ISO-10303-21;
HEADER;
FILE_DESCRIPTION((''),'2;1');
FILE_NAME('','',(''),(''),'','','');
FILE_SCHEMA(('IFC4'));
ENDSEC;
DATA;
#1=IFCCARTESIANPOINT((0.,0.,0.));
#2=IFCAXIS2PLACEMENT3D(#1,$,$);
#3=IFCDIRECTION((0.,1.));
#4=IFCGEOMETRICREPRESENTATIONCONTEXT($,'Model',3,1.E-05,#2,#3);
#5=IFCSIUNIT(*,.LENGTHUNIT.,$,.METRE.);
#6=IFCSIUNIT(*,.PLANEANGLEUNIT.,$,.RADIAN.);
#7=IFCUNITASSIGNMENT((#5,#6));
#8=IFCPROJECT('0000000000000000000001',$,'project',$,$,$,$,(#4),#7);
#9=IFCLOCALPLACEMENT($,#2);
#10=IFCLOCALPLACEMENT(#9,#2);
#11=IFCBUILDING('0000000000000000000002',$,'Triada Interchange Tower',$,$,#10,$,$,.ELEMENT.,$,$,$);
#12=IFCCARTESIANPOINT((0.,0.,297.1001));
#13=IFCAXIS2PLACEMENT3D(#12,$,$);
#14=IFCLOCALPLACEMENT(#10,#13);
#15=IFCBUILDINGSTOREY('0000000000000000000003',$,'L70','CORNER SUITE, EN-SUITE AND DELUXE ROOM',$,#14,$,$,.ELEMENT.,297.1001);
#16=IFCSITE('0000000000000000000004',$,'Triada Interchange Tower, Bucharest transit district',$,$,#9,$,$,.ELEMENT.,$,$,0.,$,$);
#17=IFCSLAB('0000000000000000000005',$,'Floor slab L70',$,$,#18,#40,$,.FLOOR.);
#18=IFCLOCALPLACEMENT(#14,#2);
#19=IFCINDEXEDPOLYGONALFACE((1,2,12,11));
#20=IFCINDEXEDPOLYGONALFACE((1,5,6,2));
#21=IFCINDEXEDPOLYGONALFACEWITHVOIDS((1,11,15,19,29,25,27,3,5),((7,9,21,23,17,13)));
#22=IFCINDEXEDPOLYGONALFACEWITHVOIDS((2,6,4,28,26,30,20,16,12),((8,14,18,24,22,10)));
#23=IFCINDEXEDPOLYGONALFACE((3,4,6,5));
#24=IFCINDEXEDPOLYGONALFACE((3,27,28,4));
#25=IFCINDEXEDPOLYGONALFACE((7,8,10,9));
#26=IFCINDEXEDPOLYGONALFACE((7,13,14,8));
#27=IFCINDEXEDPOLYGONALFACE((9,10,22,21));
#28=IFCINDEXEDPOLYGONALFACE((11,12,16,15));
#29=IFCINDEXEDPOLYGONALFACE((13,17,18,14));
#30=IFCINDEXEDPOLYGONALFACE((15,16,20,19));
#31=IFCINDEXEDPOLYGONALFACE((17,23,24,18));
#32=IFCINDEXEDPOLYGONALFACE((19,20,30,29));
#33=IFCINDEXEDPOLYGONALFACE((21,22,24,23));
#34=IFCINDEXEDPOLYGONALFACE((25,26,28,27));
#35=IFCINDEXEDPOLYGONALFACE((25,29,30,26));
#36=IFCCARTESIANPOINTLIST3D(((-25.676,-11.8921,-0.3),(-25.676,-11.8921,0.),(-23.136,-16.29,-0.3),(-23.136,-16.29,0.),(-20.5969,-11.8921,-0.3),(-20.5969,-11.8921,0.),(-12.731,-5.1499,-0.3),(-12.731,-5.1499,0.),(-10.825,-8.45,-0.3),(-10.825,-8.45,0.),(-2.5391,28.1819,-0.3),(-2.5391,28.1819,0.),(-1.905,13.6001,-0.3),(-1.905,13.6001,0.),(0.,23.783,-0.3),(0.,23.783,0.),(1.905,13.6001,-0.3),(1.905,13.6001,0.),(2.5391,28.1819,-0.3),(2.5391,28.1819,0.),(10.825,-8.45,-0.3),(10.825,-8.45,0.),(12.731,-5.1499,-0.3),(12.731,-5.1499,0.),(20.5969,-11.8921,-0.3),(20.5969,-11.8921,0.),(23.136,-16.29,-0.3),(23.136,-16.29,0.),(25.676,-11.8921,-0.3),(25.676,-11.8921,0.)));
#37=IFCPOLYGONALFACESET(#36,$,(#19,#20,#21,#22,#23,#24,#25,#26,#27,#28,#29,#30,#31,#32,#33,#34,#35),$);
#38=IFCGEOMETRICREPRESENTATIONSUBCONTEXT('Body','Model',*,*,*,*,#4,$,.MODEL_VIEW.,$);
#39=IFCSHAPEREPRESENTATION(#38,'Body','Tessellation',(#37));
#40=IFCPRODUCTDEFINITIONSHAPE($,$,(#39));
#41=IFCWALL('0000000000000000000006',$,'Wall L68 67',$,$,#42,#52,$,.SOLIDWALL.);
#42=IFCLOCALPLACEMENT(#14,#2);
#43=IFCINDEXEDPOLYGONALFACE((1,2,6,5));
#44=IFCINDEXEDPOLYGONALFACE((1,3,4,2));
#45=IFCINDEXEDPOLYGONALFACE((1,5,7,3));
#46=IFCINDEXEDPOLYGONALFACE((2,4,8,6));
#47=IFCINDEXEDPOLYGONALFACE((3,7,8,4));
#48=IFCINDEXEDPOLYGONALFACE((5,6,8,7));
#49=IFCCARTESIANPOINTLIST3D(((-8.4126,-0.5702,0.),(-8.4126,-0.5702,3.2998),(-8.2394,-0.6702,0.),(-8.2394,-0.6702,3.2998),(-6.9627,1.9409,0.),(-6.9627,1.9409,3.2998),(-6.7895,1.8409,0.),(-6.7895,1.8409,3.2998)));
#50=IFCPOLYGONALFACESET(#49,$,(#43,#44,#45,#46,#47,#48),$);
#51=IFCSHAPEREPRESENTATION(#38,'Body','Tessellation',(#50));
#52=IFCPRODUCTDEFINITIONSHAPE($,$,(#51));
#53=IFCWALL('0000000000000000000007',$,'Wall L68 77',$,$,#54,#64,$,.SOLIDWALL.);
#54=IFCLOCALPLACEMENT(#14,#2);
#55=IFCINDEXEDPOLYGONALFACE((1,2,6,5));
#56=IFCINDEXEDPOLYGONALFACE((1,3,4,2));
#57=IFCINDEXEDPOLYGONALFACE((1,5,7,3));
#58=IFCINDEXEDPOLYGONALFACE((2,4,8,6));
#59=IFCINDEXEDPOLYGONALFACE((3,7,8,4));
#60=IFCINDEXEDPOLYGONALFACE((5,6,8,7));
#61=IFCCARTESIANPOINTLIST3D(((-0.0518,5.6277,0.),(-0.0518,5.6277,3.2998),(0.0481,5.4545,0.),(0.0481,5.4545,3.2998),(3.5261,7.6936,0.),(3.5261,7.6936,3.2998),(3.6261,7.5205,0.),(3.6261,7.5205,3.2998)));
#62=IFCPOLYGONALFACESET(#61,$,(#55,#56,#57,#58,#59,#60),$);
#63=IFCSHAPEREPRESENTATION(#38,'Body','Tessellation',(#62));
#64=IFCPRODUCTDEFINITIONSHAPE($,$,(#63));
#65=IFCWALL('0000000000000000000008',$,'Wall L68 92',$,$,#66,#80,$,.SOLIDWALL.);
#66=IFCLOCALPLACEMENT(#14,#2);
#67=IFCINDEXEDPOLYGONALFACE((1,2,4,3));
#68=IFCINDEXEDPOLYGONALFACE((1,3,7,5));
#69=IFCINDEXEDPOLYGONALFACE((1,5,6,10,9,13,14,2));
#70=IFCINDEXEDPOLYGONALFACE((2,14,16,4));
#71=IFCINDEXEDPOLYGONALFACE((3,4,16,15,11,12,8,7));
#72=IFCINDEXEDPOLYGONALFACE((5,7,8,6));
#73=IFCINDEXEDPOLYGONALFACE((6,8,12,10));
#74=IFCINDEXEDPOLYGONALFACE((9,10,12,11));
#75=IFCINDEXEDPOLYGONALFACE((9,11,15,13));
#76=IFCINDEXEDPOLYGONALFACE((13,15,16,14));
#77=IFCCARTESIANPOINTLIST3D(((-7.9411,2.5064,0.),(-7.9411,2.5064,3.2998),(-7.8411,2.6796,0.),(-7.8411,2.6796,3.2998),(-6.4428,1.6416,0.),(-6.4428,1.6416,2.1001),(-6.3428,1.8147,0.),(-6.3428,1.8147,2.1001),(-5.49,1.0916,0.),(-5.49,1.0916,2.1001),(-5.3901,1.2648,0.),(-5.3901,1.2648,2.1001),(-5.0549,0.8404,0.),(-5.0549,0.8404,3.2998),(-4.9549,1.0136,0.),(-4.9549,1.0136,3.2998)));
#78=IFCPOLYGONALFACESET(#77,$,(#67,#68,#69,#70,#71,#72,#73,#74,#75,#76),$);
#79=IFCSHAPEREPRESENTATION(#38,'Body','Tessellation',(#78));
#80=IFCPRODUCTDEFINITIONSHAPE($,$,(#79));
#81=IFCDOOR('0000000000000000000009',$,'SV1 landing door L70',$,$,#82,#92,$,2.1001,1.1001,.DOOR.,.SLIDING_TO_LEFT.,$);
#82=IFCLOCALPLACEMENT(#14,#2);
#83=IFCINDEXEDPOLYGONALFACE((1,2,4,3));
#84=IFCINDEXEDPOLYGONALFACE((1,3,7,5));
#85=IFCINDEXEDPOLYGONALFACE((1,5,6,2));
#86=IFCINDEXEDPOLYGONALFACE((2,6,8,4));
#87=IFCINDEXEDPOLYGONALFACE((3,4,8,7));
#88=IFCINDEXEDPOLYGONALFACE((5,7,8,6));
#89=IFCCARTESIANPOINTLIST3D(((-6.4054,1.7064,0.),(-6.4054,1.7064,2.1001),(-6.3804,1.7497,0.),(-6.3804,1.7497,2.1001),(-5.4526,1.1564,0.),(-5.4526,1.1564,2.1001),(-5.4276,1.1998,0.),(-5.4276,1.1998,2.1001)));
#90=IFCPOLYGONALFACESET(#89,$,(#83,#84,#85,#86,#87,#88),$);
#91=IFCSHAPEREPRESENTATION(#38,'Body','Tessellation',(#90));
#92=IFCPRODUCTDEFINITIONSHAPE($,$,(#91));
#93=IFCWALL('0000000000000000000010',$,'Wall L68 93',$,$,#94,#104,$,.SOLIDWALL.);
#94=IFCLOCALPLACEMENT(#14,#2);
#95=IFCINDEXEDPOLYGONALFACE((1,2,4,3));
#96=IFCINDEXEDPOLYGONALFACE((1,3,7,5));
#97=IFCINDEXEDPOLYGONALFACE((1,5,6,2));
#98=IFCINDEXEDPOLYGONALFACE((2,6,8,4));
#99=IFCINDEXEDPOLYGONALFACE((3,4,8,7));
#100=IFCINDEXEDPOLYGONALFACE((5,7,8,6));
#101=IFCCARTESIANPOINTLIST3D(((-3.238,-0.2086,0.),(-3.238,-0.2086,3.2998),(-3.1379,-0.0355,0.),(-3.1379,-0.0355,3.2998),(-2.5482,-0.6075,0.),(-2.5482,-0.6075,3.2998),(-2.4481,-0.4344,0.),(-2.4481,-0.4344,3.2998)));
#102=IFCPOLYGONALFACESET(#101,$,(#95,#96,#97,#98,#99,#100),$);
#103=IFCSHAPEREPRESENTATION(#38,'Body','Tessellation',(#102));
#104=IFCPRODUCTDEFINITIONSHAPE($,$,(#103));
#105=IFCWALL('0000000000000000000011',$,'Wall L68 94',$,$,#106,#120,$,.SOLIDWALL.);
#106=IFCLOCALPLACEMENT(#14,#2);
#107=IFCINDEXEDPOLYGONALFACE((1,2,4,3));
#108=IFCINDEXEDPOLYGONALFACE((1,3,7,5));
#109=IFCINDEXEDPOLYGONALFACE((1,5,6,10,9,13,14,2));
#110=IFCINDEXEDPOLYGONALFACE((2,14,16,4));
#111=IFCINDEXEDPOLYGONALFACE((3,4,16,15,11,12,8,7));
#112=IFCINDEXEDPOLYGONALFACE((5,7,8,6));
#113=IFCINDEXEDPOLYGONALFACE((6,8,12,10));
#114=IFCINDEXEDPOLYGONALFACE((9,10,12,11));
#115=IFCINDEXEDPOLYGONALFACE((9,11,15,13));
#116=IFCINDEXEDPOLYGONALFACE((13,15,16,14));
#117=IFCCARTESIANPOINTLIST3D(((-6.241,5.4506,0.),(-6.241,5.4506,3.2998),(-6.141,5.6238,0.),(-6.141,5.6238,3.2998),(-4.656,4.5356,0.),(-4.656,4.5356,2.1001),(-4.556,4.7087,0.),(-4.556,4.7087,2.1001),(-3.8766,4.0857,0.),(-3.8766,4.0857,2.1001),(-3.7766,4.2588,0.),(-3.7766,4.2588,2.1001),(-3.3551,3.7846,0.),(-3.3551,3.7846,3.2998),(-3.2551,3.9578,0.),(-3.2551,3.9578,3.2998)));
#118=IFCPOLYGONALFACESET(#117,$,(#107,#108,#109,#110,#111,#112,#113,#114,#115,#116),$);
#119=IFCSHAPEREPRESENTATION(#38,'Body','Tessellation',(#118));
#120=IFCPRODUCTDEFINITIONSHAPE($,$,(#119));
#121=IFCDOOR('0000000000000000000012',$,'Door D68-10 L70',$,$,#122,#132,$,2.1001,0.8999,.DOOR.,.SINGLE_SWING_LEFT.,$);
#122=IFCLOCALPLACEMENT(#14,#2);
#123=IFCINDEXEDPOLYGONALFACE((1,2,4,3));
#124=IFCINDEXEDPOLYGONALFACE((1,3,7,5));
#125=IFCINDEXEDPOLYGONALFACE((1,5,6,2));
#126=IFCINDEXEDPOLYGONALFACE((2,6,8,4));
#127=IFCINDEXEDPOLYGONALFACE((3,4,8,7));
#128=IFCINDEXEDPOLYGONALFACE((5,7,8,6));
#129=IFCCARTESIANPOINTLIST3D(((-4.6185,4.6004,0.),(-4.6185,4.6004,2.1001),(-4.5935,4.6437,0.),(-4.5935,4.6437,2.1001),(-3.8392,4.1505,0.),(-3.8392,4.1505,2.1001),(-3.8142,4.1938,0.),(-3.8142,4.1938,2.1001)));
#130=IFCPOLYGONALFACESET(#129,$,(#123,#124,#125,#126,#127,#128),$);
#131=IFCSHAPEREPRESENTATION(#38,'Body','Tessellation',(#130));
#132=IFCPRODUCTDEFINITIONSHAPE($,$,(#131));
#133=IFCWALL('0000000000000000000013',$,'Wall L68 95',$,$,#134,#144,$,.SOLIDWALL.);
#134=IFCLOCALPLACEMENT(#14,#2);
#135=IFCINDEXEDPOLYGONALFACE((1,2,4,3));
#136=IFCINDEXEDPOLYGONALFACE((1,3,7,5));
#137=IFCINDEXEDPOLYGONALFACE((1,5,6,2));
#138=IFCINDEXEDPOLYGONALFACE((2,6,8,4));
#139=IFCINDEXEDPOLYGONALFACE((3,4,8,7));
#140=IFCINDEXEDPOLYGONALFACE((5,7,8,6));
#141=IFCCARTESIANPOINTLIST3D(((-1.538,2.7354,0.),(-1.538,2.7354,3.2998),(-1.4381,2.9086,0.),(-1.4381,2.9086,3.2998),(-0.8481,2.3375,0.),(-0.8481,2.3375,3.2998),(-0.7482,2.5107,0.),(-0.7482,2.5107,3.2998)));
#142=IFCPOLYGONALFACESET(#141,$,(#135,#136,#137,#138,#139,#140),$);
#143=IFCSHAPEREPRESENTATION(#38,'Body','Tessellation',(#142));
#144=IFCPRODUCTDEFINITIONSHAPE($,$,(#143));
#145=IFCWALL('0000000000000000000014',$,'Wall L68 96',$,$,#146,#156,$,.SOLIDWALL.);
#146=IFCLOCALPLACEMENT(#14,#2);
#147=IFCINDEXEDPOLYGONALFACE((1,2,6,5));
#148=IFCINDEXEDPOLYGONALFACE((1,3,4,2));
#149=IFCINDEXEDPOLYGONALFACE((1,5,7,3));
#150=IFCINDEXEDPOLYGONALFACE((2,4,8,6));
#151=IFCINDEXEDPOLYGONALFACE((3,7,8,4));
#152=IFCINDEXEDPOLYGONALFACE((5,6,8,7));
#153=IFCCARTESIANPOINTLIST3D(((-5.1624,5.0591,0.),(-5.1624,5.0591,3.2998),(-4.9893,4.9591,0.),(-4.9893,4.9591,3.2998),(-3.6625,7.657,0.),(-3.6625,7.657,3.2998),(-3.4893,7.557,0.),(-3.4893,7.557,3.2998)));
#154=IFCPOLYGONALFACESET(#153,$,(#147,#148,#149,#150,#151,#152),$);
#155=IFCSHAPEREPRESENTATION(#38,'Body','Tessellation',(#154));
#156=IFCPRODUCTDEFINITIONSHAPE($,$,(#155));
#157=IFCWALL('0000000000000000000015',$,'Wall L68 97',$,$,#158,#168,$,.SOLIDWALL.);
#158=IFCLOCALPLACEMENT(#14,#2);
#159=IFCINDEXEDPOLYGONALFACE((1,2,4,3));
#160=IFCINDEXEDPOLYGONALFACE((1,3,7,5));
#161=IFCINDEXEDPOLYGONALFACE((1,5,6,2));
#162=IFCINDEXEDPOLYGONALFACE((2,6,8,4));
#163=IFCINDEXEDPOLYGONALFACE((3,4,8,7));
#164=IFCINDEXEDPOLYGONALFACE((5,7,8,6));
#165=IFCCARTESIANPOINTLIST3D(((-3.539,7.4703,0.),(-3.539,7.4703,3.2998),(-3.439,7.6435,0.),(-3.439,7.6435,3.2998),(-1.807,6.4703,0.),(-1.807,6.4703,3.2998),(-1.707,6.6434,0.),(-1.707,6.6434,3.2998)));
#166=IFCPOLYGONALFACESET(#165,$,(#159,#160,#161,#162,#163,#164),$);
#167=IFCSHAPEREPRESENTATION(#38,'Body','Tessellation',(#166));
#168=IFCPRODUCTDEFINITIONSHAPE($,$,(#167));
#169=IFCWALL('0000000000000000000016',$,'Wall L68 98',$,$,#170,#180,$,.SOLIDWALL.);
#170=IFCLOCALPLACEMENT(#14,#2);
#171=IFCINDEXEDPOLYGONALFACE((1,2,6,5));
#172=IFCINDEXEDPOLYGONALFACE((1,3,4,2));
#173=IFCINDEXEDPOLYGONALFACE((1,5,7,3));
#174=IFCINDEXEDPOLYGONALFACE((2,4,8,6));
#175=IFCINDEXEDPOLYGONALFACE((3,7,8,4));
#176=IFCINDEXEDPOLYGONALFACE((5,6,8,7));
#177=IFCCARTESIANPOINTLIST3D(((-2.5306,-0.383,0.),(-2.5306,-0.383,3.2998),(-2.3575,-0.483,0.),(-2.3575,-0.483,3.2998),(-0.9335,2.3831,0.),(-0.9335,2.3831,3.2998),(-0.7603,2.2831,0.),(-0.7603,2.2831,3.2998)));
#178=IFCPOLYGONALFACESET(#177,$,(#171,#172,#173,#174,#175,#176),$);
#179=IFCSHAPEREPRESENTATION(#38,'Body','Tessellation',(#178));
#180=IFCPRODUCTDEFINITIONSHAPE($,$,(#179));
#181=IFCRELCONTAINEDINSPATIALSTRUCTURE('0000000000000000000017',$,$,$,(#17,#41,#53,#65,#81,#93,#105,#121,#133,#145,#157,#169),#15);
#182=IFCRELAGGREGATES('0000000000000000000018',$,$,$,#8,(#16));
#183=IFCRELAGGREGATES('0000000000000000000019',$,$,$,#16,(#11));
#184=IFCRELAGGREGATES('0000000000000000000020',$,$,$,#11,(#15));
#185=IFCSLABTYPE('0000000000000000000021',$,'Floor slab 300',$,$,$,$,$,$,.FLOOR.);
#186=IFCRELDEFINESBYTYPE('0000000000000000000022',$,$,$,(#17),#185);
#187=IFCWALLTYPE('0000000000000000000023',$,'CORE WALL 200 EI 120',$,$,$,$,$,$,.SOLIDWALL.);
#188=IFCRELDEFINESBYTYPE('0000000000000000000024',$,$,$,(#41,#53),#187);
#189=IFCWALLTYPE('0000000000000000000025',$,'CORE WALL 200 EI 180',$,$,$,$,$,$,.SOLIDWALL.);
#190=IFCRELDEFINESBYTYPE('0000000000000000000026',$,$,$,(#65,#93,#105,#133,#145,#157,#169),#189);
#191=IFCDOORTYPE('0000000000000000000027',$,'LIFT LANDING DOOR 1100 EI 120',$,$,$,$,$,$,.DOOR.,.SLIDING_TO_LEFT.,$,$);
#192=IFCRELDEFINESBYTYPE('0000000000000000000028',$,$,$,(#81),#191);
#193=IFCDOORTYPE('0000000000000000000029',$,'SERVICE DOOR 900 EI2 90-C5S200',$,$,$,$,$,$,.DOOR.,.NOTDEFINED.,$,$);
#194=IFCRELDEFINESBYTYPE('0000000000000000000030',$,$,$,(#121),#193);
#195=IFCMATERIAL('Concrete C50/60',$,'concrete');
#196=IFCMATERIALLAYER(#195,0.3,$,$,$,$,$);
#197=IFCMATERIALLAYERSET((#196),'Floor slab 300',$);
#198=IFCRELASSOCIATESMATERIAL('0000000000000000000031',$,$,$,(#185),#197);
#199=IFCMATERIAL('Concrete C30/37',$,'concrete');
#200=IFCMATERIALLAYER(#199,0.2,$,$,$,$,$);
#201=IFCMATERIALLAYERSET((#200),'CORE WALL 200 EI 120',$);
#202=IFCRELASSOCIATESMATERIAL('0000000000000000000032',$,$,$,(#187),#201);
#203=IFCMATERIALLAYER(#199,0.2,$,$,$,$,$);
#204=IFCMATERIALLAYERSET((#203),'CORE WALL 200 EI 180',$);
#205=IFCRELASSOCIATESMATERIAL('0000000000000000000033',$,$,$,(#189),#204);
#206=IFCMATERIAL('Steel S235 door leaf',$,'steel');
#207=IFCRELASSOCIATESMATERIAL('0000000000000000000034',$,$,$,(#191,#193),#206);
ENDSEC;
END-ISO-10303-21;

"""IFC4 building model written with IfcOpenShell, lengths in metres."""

from ifc_helpers import new_model, si_unit, direction, frame, frame_2d, origin, place, context, subcontext, project, spatial, polyline, rectangle, outline, extrude, material, layer, layer_set, type_object, element, fill, save


model = new_model("IFC4")

# Units and contexts
model_context = context("Model", 3, precision=1e-05, world=origin(), true_north=direction((0.0, 1.0)))
body_context = subcontext(model_context, "Body", "Model", "MODEL_VIEW")
ifc_project = project(units=[si_unit("LENGTHUNIT", "METRE"), si_unit("PLANEANGLEUNIT", "RADIAN")], contexts=[model_context])

# Site, building, storey
site_placement = place(None, origin())
site = spatial("IfcSite", under=ifc_project, at=site_placement, Name="Triada Interchange Tower, Bucharest transit district", CompositionType="ELEMENT", RefElevation=0.0)
building_placement = place(site_placement, origin())
building = spatial("IfcBuilding", under=site, at=building_placement, Name="Triada Interchange Tower", CompositionType="ELEMENT")
storey_placement = place(building_placement, frame((0.0, 0.0, 297.1001)))
storey = spatial("IfcBuildingStorey", under=building, at=storey_placement, Name="L70", Description="CORNER SUITE, EN-SUITE AND DELUXE ROOM", CompositionType="ELEMENT", Elevation=297.1001)

# Slab
ifc_material_1 = material(Name="Concrete C50/60", Category="concrete")
ifc_layer_1 = layer(ifc_material_1, 0.3)
ifc_layer_set_1 = layer_set([ifc_layer_1], Name="Floor slab 300")
slab_type = type_object("IfcSlabType", Name="Floor slab 300", PredefinedType="FLOOR", material=ifc_layer_set_1)
slab_placement = place(storey_placement, frame((0.0, 0.0, -0.3)))
element("IfcSlab", 1, at=slab_placement, inside=storey, type_object=slab_type, Name="Floor slab L70", PredefinedType="FLOOR", context=body_context, shape_type="SweptSolid", body=[
    extrude(outline(polyline([(-2.5391, 28.1819), (-25.676, -11.8921), (-20.5969, -11.8921), (-23.136, -16.29), (23.136, -16.29), (20.5969, -11.8921), (25.676, -11.8921), (2.5391, 28.1819), (0.0, 23.783), (-2.5391, 28.1819)]), holes=[polyline([(1.905, 13.6001), (-1.905, 13.6001), (-12.731, -5.1499), (-10.825, -8.45), (10.825, -8.45), (12.731, -5.1499), (1.905, 13.6001)])]), origin(), (0.0, 0.0, 1.0), 0.3),
])

# Walls
ifc_material_2 = material(Name="Concrete C30/37", Category="concrete")
ifc_layer_2 = layer(ifc_material_2, 0.2)
ifc_layer_set_2 = layer_set([ifc_layer_2], Name="CORE WALL 200 EI 120")
wall_type_1 = type_object("IfcWallType", Name="CORE WALL 200 EI 120", PredefinedType="SOLIDWALL", material=ifc_layer_set_2)
wall_1_placement = place(storey_placement, frame((-8.3259, -0.6201, 0.0), z_axis=(0.0, 0.0, 1.0), x_axis=(0.500024, 0.866012, 0.0)))
element("IfcWall", 2, at=wall_1_placement, inside=storey, type_object=wall_type_1, Name="Wall L68 67", PredefinedType="SOLIDWALL", context=body_context, shape_type="SweptSolid", body=[
    extrude(rectangle(XDim=2.8997, YDim=0.2, at=frame_2d((1.4497, 0.0))), origin(), (0.0, 0.0, 1.0), 3.2998),
])
wall_2_placement = place(storey_placement, frame((-0.002, 5.541, 0.0), z_axis=(0.0, 0.0, 1.0), x_axis=(0.866002, 0.500041, 0.0)))
element("IfcWall", 3, at=wall_2_placement, inside=storey, type_object=wall_type_1, Name="Wall L68 77", PredefinedType="SOLIDWALL", context=body_context, shape_type="SweptSolid", body=[
    extrude(rectangle(XDim=4.1316, YDim=0.2, at=frame_2d((2.0659, 0.0))), origin(), (0.0, 0.0, 1.0), 3.2998),
])

# Wall, opening, door
ifc_layer_3 = layer(ifc_material_2, 0.2)
ifc_layer_set_3 = layer_set([ifc_layer_3], Name="CORE WALL 200 EI 180")
wall_type_2 = type_object("IfcWallType", Name="CORE WALL 200 EI 180", PredefinedType="SOLIDWALL", material=ifc_layer_set_3)
wall_3_placement = place(storey_placement, frame((-7.8911, 2.593, 0.0), z_axis=(0.0, 0.0, 1.0), x_axis=(0.866071, -0.499921, 0.0)))
wall_3 = element("IfcWall", 4, at=wall_3_placement, inside=storey, type_object=wall_type_2, Name="Wall L68 92", PredefinedType="SOLIDWALL", context=body_context, shape_type="SweptSolid", body=[
    extrude(rectangle(XDim=3.3325, YDim=0.2, at=frame_2d((1.6663, 0.0))), origin(), (0.0, 0.0, 1.0), 3.2998),
])
opening_1_placement = place(wall_3_placement, frame((1.73, 0.0, 0.0)))
opening_1 = element("IfcOpeningElement", 5, at=opening_1_placement, cuts=wall_3, PredefinedType="OPENING", context=body_context, shape_type="SweptSolid", body=[
    extrude(rectangle(XDim=1.1001, YDim=2.1001, at=frame_2d((0.55, 1.05))), frame((0.0, 0.1099, 0.0), z_axis=(0.0, -1.0, 0.0), x_axis=(1.0, 0.0, 0.0)), (0.0, 0.0, 1.0), 0.22),
])
ifc_material_3 = material(Name="Steel S235 door leaf", Category="steel")
door_type_1 = type_object("IfcDoorType", Name="LIFT LANDING DOOR 1100 EI 120", OperationType="SLIDING_TO_LEFT", PredefinedType="DOOR", material=ifc_material_3)
door_1_placement = place(opening_1_placement, origin())
door_1 = element("IfcDoor", 6, at=door_1_placement, inside=storey, type_object=door_type_1, Name="SV1 landing door L70", OperationType="SLIDING_TO_LEFT", OverallHeight=2.1001, OverallWidth=1.1001, PredefinedType="DOOR", context=body_context, shape_type="SweptSolid", body=[
    extrude(rectangle(XDim=1.1001, YDim=2.1001, at=frame_2d((0.55, 1.05))), frame((0.0, 0.0249, 0.0), z_axis=(0.0, -1.0, 0.0), x_axis=(1.0, 0.0, 0.0)), (0.0, 0.0, 1.0), 0.05),
])
fill(opening_1, door_1)

# Wall
wall_4_placement = place(storey_placement, frame((-3.188, -0.1221, 0.0), z_axis=(0.0, 0.0, 1.0), x_axis=(0.865706, -0.500553, 0.0)))
element("IfcWall", 7, at=wall_4_placement, inside=storey, type_object=wall_type_2, Name="Wall L68 93", PredefinedType="SOLIDWALL", context=body_context, shape_type="SweptSolid", body=[
    extrude(rectangle(XDim=0.7969, YDim=0.2, at=frame_2d((0.3984, 0.0))), origin(), (0.0, 0.0, 1.0), 3.2998),
])

# Wall, opening, door
wall_5_placement = place(storey_placement, frame((-6.1909, 5.5371, 0.0), z_axis=(0.0, 0.0, 1.0), x_axis=(0.866053, -0.499953, 0.0)))
wall_5 = element("IfcWall", 8, at=wall_5_placement, inside=storey, type_object=wall_type_2, Name="Wall L68 94", PredefinedType="SOLIDWALL", context=body_context, shape_type="SweptSolid", body=[
    extrude(rectangle(XDim=3.3323, YDim=0.2, at=frame_2d((1.666, 0.0))), origin(), (0.0, 0.0, 1.0), 3.2998),
])
opening_2_placement = place(wall_5_placement, frame((1.8301, 0.0, 0.0)))
opening_2 = element("IfcOpeningElement", 9, at=opening_2_placement, cuts=wall_5, PredefinedType="OPENING", context=body_context, shape_type="SweptSolid", body=[
    extrude(rectangle(XDim=0.8999, YDim=2.1001, at=frame_2d((0.45, 1.05))), frame((0.0, 0.1099, 0.0), z_axis=(0.0, -1.0, 0.0), x_axis=(1.0, 0.0, 0.0)), (0.0, 0.0, 1.0), 0.22),
])
door_type_2 = type_object("IfcDoorType", Name="SERVICE DOOR 900 EI2 90-C5S200", OperationType="NOTDEFINED", PredefinedType="DOOR", material=ifc_material_3)
door_2_placement = place(opening_2_placement, origin())
door_2 = element("IfcDoor", 10, at=door_2_placement, inside=storey, type_object=door_type_2, Name="Door D68-10 L70", OperationType="SINGLE_SWING_LEFT", OverallHeight=2.1001, OverallWidth=0.8999, PredefinedType="DOOR", context=body_context, shape_type="SweptSolid", body=[
    extrude(rectangle(XDim=0.8999, YDim=2.1001, at=frame_2d((0.45, 1.05))), frame((0.0, 0.0249, 0.0), z_axis=(0.0, -1.0, 0.0), x_axis=(1.0, 0.0, 0.0)), (0.0, 0.0, 1.0), 0.05),
])
fill(opening_2, door_2)

# Walls
wall_6_placement = place(storey_placement, frame((-1.488, 2.822, 0.0), z_axis=(0.0, 0.0, 1.0), x_axis=(0.866237, -0.499634, 0.0)))
element("IfcWall", 11, at=wall_6_placement, inside=storey, type_object=wall_type_2, Name="Wall L68 95", PredefinedType="SOLIDWALL", context=body_context, shape_type="SweptSolid", body=[
    extrude(rectangle(XDim=0.7964, YDim=0.2, at=frame_2d((0.3982, 0.0))), origin(), (0.0, 0.0, 1.0), 3.2998),
])
wall_7_placement = place(storey_placement, frame((-5.0759, 5.009, 0.0), z_axis=(0.0, 0.0, 1.0), x_axis=(0.500025, 0.866011, 0.0)))
element("IfcWall", 12, at=wall_7_placement, inside=storey, type_object=wall_type_2, Name="Wall L68 96", PredefinedType="SOLIDWALL", context=body_context, shape_type="SweptSolid", body=[
    extrude(rectangle(XDim=2.9998, YDim=0.2, at=frame_2d((1.5, 0.0))), origin(), (0.0, 0.0, 1.0), 3.2998),
])
wall_8_placement = place(storey_placement, frame((-3.489, 7.5569, 0.0), z_axis=(0.0, 0.0, 1.0), x_axis=(0.866011, -0.500025, 0.0)))
element("IfcWall", 13, at=wall_8_placement, inside=storey, type_object=wall_type_2, Name="Wall L68 97", PredefinedType="SOLIDWALL", context=body_context, shape_type="SweptSolid", body=[
    extrude(rectangle(XDim=2.0, YDim=0.2, at=frame_2d((1.0, 0.0))), origin(), (0.0, 0.0, 1.0), 3.2998),
])
wall_9_placement = place(storey_placement, frame((-2.4441, -0.4331, 0.0), z_axis=(0.0, 0.0, 1.0), x_axis=(0.500036, 0.866005, 0.0)))
element("IfcWall", 14, at=wall_9_placement, inside=storey, type_object=wall_type_2, Name="Wall L68 98", PredefinedType="SOLIDWALL", context=body_context, shape_type="SweptSolid", body=[
    extrude(rectangle(XDim=3.1941, YDim=0.2, at=frame_2d((1.5972, 0.0))), origin(), (0.0, 0.0, 1.0), 3.2998),
])

save(model, "model.ifc")
